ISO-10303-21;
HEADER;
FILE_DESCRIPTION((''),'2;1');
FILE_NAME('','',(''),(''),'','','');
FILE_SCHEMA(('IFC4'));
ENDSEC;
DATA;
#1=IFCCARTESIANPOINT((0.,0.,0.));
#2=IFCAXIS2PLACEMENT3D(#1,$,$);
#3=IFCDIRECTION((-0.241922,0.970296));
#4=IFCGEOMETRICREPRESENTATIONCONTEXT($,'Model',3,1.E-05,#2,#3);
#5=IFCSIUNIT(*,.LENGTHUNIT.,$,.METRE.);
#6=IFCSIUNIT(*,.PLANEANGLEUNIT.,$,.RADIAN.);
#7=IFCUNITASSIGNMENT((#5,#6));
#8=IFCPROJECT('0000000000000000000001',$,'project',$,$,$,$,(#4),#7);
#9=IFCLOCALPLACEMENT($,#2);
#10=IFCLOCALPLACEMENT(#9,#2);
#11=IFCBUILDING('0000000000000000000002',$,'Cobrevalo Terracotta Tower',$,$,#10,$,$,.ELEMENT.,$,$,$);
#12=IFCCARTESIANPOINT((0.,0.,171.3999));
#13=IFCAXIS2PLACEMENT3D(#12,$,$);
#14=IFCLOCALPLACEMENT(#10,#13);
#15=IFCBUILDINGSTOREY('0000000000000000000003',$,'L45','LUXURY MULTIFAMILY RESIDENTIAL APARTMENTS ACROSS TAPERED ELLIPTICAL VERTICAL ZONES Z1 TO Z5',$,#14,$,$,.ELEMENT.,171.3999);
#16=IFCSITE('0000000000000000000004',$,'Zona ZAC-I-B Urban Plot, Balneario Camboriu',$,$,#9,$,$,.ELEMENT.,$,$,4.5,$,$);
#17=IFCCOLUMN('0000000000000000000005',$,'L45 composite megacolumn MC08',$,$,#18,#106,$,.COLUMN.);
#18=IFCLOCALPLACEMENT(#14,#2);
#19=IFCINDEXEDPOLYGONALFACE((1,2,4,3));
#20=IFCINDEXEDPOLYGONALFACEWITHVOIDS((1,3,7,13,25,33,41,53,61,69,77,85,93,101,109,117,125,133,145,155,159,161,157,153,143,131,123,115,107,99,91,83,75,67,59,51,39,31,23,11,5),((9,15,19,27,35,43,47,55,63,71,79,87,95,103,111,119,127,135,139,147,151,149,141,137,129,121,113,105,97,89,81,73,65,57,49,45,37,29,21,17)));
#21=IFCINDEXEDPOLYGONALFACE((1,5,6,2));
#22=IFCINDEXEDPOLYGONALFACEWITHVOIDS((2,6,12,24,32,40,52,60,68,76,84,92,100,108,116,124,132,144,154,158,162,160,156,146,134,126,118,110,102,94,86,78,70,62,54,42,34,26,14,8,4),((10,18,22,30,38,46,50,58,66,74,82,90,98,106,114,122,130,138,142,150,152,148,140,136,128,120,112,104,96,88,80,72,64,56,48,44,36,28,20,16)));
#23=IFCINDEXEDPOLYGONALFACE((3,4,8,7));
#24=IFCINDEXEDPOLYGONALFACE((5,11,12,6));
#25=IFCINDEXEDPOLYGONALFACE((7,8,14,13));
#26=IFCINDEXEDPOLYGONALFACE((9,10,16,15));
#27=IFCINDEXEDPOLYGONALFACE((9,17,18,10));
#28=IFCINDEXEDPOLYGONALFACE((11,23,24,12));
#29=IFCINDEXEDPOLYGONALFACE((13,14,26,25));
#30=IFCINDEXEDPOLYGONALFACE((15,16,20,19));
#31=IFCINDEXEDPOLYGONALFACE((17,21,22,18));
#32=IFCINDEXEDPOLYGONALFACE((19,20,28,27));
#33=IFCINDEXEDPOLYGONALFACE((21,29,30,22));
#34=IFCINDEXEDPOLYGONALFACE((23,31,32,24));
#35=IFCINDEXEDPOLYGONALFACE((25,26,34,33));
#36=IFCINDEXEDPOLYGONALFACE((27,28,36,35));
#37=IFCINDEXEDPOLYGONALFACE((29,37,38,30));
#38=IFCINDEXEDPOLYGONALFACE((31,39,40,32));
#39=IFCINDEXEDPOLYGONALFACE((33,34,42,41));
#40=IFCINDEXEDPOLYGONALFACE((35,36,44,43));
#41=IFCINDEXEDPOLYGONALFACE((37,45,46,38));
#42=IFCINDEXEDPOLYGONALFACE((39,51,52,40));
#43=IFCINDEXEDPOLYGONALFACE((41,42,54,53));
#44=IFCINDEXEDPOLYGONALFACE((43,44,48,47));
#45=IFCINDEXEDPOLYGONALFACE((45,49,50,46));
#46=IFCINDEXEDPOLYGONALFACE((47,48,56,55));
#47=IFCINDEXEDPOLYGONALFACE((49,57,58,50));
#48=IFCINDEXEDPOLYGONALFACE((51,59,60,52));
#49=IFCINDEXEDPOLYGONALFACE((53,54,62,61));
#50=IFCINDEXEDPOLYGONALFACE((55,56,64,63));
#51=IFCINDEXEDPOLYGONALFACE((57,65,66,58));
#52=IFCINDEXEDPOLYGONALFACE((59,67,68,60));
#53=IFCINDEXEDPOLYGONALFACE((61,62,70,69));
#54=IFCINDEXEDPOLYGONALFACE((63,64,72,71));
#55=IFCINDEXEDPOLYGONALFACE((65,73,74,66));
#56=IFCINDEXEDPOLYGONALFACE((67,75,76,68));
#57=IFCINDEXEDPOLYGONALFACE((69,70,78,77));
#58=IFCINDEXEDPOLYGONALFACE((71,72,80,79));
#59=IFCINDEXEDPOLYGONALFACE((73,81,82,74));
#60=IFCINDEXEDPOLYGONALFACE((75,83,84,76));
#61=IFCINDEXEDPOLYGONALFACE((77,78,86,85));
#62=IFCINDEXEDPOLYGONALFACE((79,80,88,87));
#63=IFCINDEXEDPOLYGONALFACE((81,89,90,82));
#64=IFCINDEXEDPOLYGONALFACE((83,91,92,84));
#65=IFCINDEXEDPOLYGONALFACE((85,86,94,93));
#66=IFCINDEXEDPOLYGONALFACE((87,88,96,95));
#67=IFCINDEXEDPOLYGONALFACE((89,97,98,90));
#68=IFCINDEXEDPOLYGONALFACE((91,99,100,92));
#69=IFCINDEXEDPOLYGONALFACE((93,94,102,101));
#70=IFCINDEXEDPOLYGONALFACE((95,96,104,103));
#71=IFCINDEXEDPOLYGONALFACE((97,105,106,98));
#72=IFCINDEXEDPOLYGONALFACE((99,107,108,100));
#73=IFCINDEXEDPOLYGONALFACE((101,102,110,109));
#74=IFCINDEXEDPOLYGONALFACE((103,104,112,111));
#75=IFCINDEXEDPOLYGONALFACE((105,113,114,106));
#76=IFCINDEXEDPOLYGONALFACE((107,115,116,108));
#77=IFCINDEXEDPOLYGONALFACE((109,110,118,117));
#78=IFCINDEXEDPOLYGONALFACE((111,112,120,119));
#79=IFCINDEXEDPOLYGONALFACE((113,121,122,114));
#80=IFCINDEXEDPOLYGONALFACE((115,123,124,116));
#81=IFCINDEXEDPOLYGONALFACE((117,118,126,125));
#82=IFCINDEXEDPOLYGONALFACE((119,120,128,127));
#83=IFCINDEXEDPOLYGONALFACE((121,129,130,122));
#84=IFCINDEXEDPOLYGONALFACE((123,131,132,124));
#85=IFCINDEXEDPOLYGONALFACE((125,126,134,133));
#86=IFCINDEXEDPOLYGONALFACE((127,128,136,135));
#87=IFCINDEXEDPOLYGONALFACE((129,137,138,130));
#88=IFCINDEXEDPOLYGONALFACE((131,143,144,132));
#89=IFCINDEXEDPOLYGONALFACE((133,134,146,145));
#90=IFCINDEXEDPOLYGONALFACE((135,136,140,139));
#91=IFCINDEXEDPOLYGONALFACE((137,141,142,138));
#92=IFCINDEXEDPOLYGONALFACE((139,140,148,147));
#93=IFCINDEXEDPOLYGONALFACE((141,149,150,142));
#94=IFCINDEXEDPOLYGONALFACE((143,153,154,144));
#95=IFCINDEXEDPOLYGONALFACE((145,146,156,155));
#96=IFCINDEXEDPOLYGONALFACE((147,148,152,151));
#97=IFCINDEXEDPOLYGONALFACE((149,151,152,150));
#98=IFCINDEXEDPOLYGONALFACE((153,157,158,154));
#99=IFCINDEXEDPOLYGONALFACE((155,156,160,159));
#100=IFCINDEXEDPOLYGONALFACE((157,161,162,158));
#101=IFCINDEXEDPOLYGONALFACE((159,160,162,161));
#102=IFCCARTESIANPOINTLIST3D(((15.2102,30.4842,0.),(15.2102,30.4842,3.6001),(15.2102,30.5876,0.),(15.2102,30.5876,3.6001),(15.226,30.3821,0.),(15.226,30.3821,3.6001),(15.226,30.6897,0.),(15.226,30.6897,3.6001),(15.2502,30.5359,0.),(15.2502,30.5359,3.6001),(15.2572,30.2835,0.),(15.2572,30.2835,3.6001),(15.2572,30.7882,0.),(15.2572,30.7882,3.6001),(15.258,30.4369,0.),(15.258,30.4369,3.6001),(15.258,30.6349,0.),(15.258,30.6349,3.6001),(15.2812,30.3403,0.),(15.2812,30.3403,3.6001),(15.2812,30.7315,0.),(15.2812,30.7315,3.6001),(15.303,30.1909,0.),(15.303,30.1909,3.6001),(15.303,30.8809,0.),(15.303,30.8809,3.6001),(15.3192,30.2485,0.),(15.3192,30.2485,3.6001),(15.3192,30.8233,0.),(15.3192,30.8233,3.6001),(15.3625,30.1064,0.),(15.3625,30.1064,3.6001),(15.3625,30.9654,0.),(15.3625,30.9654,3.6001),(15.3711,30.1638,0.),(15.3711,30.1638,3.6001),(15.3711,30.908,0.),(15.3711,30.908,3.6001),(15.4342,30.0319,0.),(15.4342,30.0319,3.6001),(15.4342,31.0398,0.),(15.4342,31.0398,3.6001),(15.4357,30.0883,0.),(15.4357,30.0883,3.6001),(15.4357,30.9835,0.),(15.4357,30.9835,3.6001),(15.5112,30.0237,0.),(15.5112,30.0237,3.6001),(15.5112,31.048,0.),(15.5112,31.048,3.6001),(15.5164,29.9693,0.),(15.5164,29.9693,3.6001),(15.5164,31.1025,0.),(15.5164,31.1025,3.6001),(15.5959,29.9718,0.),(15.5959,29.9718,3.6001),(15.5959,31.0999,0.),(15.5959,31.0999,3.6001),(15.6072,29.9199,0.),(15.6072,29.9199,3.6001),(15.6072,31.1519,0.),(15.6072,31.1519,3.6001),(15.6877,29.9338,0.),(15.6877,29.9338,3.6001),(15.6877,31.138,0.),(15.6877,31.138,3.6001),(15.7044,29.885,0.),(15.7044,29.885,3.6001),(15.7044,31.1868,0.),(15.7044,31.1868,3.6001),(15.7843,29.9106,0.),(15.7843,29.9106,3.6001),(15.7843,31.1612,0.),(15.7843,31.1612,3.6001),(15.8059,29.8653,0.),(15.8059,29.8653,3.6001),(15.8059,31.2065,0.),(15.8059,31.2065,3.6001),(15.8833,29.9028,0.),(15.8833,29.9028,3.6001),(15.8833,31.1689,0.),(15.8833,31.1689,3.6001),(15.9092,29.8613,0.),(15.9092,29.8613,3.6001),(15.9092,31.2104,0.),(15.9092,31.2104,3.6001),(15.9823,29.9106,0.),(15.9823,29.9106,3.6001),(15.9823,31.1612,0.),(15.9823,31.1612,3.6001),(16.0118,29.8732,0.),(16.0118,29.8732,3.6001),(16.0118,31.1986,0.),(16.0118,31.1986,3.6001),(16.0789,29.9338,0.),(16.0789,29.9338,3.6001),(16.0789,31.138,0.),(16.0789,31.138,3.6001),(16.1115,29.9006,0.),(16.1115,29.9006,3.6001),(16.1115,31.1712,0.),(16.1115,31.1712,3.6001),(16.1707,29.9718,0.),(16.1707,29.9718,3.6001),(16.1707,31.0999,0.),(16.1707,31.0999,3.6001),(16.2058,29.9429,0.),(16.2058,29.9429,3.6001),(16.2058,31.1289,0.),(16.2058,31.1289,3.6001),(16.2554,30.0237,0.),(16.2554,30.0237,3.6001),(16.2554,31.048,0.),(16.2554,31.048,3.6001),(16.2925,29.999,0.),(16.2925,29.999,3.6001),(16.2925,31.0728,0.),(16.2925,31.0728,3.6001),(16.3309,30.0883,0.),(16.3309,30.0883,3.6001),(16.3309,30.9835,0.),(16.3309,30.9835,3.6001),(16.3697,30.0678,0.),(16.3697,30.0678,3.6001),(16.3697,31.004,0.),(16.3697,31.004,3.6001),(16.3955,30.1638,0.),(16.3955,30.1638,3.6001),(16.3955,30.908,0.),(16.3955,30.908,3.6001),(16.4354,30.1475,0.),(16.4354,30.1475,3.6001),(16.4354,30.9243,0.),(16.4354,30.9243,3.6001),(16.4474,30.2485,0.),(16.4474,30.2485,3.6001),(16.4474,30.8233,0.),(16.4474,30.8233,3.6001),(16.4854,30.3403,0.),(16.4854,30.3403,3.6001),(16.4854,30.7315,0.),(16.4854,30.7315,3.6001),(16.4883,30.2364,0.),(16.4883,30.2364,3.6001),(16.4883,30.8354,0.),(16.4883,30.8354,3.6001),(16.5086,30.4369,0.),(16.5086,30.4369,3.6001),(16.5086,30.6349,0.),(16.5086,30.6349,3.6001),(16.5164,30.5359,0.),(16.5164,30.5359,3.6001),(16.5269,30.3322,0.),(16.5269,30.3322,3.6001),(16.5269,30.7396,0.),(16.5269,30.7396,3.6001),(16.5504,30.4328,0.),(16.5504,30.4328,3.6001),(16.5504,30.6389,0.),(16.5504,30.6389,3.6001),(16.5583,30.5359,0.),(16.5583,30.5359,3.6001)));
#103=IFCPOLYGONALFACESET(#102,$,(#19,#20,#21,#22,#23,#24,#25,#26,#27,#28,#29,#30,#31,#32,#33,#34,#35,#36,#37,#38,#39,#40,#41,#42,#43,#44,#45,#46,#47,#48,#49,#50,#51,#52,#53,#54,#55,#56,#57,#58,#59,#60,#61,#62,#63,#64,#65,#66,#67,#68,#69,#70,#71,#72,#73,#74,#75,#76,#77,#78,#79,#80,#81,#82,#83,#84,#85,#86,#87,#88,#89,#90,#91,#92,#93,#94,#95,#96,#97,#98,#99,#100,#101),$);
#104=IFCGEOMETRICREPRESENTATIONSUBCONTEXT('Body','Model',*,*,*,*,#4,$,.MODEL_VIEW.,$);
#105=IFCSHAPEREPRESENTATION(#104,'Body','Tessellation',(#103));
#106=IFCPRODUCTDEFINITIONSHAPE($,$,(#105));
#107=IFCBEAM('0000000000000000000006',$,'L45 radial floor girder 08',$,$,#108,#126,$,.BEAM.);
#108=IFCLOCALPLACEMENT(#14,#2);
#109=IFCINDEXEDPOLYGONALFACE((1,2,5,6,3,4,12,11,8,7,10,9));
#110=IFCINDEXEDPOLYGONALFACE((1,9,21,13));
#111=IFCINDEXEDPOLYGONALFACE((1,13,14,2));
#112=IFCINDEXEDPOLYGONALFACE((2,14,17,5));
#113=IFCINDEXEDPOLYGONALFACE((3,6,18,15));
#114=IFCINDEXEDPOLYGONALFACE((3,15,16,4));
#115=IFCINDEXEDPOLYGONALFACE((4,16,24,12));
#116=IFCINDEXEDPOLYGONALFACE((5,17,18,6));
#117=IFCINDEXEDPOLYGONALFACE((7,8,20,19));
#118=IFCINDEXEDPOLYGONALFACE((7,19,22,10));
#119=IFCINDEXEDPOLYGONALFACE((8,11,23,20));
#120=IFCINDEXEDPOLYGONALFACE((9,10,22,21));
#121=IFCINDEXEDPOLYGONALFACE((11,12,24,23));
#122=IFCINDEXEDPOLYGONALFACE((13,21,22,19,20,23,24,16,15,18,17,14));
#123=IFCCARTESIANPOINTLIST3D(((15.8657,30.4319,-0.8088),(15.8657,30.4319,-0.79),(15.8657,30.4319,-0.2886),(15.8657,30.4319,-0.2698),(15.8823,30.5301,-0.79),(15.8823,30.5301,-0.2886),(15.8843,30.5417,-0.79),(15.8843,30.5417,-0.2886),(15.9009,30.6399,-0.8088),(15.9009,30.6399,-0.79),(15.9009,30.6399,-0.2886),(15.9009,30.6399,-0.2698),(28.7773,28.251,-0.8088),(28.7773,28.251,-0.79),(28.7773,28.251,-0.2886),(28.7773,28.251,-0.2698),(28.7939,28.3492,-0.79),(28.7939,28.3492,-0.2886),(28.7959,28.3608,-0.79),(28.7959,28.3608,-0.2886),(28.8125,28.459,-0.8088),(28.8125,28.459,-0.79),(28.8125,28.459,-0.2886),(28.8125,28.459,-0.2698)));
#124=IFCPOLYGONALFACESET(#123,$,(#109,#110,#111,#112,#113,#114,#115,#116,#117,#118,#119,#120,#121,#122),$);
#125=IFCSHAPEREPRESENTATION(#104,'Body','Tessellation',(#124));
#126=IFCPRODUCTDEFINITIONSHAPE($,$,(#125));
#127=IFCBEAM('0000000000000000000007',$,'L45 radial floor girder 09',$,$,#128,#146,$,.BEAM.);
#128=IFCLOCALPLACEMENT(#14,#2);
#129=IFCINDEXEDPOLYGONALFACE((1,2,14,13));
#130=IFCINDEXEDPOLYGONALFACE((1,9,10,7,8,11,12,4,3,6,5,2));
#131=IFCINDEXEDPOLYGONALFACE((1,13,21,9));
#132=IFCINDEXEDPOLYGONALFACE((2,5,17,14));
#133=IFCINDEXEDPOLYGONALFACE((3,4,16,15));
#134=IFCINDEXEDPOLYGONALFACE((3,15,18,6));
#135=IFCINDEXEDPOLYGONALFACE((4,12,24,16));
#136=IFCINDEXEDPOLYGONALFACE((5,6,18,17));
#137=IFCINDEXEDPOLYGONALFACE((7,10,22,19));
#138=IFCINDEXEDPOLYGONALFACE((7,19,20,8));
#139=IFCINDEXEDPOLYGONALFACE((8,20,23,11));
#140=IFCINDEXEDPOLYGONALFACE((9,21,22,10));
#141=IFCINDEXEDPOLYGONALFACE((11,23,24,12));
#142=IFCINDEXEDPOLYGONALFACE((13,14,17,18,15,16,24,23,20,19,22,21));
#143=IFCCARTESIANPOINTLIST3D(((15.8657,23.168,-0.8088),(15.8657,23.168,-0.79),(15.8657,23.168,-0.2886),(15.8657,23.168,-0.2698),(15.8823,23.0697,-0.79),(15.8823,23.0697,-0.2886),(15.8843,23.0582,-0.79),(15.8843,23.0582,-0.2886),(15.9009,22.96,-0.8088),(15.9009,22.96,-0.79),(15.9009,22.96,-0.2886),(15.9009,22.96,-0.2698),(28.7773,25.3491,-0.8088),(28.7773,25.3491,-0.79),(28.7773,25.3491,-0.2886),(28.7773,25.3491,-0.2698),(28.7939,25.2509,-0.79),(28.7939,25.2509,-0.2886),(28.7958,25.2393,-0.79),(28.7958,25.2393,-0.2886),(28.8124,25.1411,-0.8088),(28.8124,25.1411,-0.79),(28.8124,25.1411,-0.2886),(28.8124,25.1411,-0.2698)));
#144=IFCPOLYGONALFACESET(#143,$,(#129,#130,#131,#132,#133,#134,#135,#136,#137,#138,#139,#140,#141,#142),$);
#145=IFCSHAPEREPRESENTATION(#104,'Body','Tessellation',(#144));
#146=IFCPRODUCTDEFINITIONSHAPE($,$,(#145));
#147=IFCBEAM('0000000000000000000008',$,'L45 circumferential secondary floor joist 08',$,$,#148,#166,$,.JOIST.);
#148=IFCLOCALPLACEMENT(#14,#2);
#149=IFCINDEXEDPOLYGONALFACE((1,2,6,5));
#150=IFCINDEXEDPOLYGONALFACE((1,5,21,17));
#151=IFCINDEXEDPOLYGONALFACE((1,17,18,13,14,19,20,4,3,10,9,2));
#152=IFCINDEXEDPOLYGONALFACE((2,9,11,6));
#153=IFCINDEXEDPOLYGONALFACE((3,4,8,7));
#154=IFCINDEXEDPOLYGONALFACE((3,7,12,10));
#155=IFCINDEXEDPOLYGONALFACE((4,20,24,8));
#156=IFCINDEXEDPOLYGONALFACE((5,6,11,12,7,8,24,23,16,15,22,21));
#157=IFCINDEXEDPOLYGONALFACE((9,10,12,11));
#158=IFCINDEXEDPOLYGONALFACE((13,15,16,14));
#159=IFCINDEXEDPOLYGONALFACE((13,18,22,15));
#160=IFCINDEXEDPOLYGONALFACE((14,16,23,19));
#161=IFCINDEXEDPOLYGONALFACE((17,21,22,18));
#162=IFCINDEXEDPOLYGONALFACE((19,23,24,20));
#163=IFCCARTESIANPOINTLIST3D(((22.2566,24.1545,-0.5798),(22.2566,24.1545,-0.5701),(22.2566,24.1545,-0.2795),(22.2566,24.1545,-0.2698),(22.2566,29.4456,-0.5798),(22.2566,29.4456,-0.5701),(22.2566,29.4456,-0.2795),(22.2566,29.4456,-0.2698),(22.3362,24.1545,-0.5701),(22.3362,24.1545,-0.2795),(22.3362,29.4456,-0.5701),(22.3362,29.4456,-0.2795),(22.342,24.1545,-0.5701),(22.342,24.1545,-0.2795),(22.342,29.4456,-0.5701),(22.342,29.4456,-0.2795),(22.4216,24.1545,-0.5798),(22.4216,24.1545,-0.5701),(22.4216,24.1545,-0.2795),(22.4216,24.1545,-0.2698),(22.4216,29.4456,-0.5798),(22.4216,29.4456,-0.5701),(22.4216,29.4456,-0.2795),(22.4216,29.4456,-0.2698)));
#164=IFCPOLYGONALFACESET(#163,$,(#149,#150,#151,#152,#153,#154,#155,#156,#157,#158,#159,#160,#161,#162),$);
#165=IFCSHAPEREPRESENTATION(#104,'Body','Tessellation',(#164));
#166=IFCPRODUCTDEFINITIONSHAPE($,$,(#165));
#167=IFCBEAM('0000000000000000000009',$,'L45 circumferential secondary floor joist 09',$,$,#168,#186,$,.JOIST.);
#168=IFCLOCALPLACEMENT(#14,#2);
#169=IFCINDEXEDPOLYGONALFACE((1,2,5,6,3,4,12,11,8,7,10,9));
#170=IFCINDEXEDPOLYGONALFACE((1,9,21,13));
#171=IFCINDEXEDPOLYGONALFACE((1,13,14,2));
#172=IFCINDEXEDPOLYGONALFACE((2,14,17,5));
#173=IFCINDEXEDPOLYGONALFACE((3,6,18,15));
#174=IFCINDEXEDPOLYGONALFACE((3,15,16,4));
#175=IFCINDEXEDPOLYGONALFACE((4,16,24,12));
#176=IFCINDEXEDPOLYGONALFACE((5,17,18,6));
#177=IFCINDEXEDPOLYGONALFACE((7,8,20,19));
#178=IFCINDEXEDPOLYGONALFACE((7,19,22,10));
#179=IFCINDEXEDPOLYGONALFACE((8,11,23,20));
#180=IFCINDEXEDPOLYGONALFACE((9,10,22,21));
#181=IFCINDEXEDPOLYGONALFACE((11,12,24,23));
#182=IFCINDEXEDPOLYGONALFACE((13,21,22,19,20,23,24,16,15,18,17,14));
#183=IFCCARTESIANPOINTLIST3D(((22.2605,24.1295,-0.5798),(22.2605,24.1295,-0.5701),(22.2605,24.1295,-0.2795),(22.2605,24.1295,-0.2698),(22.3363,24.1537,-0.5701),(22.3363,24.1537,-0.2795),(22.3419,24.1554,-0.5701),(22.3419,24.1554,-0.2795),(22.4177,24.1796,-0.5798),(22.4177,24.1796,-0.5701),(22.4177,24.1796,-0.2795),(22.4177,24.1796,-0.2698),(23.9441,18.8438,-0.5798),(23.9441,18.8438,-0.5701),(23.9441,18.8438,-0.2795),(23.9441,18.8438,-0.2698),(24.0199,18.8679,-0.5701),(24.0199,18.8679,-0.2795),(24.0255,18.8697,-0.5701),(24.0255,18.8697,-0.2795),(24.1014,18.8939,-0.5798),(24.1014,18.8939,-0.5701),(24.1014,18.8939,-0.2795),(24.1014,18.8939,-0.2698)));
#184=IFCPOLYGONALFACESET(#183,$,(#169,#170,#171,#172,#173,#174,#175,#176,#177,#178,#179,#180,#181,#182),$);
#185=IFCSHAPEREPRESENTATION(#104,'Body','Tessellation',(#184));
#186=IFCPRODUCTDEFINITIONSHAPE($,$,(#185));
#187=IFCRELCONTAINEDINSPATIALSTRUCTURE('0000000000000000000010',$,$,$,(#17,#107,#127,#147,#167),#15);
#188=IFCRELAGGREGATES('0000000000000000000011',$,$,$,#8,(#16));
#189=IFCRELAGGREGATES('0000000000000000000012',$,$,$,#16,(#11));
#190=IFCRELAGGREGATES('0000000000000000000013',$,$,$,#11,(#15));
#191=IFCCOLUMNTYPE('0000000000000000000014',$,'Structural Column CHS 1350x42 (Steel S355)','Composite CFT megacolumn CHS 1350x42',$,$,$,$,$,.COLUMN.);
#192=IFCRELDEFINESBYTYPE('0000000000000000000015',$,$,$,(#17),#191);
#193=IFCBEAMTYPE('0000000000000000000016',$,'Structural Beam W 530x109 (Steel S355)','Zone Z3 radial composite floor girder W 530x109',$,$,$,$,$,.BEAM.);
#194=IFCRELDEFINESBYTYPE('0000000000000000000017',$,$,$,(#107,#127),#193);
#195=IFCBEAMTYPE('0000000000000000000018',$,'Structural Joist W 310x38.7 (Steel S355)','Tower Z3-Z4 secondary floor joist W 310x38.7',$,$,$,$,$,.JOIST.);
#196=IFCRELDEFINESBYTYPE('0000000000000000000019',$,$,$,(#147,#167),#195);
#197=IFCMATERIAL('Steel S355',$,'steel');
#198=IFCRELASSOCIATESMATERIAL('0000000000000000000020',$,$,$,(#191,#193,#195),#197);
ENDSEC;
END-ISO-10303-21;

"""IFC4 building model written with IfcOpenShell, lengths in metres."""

from ifc_helpers import new_model, si_unit, direction, frame, origin, origin_2d, place, context, subcontext, project, spatial, hollow_circle, i_section, extrude, material, material_profile, profile_set, type_object, element, save


model = new_model("IFC4")

# Units and contexts
model_context = context("Model", 3, precision=1e-05, world=origin(), true_north=direction((-0.241922, 0.970296)))
body_context = subcontext(model_context, "Body", "Model", "MODEL_VIEW")
ifc_project = project(units=[si_unit("LENGTHUNIT", "METRE"), si_unit("PLANEANGLEUNIT", "RADIAN")], contexts=[model_context])

# Site, building, storey
site_placement = place(None, origin())
site = spatial("IfcSite", under=ifc_project, at=site_placement, Name="Zona ZAC-I-B Urban Plot, Balneario Camboriu", CompositionType="ELEMENT", RefElevation=4.5)
building_placement = place(site_placement, origin())
building = spatial("IfcBuilding", under=site, at=building_placement, Name="Cobrevalo Terracotta Tower", CompositionType="ELEMENT")
storey_placement = place(building_placement, frame((0.0, 0.0, 171.3999)))
storey = spatial("IfcBuildingStorey", under=building, at=storey_placement, Name="L45", Description="LUXURY MULTIFAMILY RESIDENTIAL APARTMENTS ACROSS TAPERED ELLIPTICAL VERTICAL ZONES Z1 TO Z5", CompositionType="ELEMENT", Elevation=171.3999)

# Column
ifc_material_1 = material(Name="Steel S355", Category="steel")
ifc_material_profile_1 = material_profile(ifc_material_1, hollow_circle(Radius=0.675, WallThickness=0.042, at=origin_2d()), Name="CHS 1350x42")
ifc_profile_set_1 = profile_set([ifc_material_profile_1], Name="Steel S355")
column_type = type_object("IfcColumnType", Name="Structural Column CHS 1350x42 (Steel S355)", Description="Composite CFT megacolumn CHS 1350x42", PredefinedType="COLUMN", material=ifc_profile_set_1)
column_placement = place(storey_placement, frame((15.8833, 30.5359, 0.0), z_axis=(0.0, 0.0, 1.0), x_axis=(1.0, 0.0, 0.0)))
element("IfcColumn", 1, at=column_placement, inside=storey, type_object=column_type, Name="L45 composite megacolumn MC08", PredefinedType="COLUMN", context=body_context, shape_type="SweptSolid", body=[
    extrude(hollow_circle(Radius=0.675, WallThickness=0.042, at=origin_2d()), origin(), (0.0, 0.0, 1.0), 3.6001),
])

# Beams
ifc_material_profile_2 = material_profile(ifc_material_1, i_section(OverallWidth=0.2109, OverallDepth=0.5391, WebThickness=0.0117, FlangeThickness=0.0188, at=origin_2d()), Name="W 530x109")
ifc_profile_set_2 = profile_set([ifc_material_profile_2], Name="Steel S355")
beam_type_1 = type_object("IfcBeamType", Name="Structural Beam W 530x109 (Steel S355)", Description="Zone Z3 radial composite floor girder W 530x109", PredefinedType="BEAM", material=ifc_profile_set_2)
for number, where, z_axis, x_axis, name in (
    (2, (15.8833, 30.5359, -0.5393), (0.986033, -0.166551, 0.0), (0.166551, 0.986033, 0.0), "L45 radial floor girder 08"),
    (3, (15.8833, 23.064, -0.5393), (0.98603, 0.166569, 0.0), (-0.166569, 0.98603, 0.0), "L45 radial floor girder 09"),
):
    element("IfcBeam", number, at=place(storey_placement, frame(where, z_axis=z_axis, x_axis=x_axis)), inside=storey, type_object=beam_type_1, Name=name, PredefinedType="BEAM", context=body_context, shape_type="SweptSolid", body=[
        extrude(i_section(OverallWidth=0.2109, OverallDepth=0.5391, WebThickness=0.0117, FlangeThickness=0.0188, at=origin_2d()), origin(), (0.0, 0.0, 1.0), 13.0945),
    ])
ifc_material_profile_3 = material_profile(ifc_material_1, i_section(OverallWidth=0.165, OverallDepth=0.3101, WebThickness=0.0059, FlangeThickness=0.0098, at=origin_2d()), Name="W 310x38.7")
ifc_profile_set_3 = profile_set([ifc_material_profile_3], Name="Steel S355")
beam_type_2 = type_object("IfcBeamType", Name="Structural Joist W 310x38.7 (Steel S355)", Description="Tower Z3-Z4 secondary floor joist W 310x38.7", PredefinedType="JOIST", material=ifc_profile_set_3)
beam_1_placement = place(storey_placement, frame((22.3391, 29.4456, -0.4248), z_axis=(0.0, -1.0, 0.0), x_axis=(1.0, 0.0, 0.0)))
element("IfcBeam", 4, at=beam_1_placement, inside=storey, type_object=beam_type_2, Name="L45 circumferential secondary floor joist 08", PredefinedType="JOIST", context=body_context, shape_type="SweptSolid", body=[
    extrude(i_section(OverallWidth=0.165, OverallDepth=0.3101, WebThickness=0.0059, FlangeThickness=0.0098, at=origin_2d()), origin(), (0.0, 0.0, 1.0), 5.291),
])
beam_2_placement = place(storey_placement, frame((22.3391, 24.1545, -0.4248), z_axis=(0.303498, -0.952832, 0.0), x_axis=(0.952832, 0.303498, 0.0)))
element("IfcBeam", 5, at=beam_2_placement, inside=storey, type_object=beam_type_2, Name="L45 circumferential secondary floor joist 09", PredefinedType="JOIST", context=body_context, shape_type="SweptSolid", body=[
    extrude(i_section(OverallWidth=0.165, OverallDepth=0.3101, WebThickness=0.0059, FlangeThickness=0.0098, at=origin_2d()), origin(), (0.0, 0.0, 1.0), 5.5474),
])

save(model, "model.ifc")
